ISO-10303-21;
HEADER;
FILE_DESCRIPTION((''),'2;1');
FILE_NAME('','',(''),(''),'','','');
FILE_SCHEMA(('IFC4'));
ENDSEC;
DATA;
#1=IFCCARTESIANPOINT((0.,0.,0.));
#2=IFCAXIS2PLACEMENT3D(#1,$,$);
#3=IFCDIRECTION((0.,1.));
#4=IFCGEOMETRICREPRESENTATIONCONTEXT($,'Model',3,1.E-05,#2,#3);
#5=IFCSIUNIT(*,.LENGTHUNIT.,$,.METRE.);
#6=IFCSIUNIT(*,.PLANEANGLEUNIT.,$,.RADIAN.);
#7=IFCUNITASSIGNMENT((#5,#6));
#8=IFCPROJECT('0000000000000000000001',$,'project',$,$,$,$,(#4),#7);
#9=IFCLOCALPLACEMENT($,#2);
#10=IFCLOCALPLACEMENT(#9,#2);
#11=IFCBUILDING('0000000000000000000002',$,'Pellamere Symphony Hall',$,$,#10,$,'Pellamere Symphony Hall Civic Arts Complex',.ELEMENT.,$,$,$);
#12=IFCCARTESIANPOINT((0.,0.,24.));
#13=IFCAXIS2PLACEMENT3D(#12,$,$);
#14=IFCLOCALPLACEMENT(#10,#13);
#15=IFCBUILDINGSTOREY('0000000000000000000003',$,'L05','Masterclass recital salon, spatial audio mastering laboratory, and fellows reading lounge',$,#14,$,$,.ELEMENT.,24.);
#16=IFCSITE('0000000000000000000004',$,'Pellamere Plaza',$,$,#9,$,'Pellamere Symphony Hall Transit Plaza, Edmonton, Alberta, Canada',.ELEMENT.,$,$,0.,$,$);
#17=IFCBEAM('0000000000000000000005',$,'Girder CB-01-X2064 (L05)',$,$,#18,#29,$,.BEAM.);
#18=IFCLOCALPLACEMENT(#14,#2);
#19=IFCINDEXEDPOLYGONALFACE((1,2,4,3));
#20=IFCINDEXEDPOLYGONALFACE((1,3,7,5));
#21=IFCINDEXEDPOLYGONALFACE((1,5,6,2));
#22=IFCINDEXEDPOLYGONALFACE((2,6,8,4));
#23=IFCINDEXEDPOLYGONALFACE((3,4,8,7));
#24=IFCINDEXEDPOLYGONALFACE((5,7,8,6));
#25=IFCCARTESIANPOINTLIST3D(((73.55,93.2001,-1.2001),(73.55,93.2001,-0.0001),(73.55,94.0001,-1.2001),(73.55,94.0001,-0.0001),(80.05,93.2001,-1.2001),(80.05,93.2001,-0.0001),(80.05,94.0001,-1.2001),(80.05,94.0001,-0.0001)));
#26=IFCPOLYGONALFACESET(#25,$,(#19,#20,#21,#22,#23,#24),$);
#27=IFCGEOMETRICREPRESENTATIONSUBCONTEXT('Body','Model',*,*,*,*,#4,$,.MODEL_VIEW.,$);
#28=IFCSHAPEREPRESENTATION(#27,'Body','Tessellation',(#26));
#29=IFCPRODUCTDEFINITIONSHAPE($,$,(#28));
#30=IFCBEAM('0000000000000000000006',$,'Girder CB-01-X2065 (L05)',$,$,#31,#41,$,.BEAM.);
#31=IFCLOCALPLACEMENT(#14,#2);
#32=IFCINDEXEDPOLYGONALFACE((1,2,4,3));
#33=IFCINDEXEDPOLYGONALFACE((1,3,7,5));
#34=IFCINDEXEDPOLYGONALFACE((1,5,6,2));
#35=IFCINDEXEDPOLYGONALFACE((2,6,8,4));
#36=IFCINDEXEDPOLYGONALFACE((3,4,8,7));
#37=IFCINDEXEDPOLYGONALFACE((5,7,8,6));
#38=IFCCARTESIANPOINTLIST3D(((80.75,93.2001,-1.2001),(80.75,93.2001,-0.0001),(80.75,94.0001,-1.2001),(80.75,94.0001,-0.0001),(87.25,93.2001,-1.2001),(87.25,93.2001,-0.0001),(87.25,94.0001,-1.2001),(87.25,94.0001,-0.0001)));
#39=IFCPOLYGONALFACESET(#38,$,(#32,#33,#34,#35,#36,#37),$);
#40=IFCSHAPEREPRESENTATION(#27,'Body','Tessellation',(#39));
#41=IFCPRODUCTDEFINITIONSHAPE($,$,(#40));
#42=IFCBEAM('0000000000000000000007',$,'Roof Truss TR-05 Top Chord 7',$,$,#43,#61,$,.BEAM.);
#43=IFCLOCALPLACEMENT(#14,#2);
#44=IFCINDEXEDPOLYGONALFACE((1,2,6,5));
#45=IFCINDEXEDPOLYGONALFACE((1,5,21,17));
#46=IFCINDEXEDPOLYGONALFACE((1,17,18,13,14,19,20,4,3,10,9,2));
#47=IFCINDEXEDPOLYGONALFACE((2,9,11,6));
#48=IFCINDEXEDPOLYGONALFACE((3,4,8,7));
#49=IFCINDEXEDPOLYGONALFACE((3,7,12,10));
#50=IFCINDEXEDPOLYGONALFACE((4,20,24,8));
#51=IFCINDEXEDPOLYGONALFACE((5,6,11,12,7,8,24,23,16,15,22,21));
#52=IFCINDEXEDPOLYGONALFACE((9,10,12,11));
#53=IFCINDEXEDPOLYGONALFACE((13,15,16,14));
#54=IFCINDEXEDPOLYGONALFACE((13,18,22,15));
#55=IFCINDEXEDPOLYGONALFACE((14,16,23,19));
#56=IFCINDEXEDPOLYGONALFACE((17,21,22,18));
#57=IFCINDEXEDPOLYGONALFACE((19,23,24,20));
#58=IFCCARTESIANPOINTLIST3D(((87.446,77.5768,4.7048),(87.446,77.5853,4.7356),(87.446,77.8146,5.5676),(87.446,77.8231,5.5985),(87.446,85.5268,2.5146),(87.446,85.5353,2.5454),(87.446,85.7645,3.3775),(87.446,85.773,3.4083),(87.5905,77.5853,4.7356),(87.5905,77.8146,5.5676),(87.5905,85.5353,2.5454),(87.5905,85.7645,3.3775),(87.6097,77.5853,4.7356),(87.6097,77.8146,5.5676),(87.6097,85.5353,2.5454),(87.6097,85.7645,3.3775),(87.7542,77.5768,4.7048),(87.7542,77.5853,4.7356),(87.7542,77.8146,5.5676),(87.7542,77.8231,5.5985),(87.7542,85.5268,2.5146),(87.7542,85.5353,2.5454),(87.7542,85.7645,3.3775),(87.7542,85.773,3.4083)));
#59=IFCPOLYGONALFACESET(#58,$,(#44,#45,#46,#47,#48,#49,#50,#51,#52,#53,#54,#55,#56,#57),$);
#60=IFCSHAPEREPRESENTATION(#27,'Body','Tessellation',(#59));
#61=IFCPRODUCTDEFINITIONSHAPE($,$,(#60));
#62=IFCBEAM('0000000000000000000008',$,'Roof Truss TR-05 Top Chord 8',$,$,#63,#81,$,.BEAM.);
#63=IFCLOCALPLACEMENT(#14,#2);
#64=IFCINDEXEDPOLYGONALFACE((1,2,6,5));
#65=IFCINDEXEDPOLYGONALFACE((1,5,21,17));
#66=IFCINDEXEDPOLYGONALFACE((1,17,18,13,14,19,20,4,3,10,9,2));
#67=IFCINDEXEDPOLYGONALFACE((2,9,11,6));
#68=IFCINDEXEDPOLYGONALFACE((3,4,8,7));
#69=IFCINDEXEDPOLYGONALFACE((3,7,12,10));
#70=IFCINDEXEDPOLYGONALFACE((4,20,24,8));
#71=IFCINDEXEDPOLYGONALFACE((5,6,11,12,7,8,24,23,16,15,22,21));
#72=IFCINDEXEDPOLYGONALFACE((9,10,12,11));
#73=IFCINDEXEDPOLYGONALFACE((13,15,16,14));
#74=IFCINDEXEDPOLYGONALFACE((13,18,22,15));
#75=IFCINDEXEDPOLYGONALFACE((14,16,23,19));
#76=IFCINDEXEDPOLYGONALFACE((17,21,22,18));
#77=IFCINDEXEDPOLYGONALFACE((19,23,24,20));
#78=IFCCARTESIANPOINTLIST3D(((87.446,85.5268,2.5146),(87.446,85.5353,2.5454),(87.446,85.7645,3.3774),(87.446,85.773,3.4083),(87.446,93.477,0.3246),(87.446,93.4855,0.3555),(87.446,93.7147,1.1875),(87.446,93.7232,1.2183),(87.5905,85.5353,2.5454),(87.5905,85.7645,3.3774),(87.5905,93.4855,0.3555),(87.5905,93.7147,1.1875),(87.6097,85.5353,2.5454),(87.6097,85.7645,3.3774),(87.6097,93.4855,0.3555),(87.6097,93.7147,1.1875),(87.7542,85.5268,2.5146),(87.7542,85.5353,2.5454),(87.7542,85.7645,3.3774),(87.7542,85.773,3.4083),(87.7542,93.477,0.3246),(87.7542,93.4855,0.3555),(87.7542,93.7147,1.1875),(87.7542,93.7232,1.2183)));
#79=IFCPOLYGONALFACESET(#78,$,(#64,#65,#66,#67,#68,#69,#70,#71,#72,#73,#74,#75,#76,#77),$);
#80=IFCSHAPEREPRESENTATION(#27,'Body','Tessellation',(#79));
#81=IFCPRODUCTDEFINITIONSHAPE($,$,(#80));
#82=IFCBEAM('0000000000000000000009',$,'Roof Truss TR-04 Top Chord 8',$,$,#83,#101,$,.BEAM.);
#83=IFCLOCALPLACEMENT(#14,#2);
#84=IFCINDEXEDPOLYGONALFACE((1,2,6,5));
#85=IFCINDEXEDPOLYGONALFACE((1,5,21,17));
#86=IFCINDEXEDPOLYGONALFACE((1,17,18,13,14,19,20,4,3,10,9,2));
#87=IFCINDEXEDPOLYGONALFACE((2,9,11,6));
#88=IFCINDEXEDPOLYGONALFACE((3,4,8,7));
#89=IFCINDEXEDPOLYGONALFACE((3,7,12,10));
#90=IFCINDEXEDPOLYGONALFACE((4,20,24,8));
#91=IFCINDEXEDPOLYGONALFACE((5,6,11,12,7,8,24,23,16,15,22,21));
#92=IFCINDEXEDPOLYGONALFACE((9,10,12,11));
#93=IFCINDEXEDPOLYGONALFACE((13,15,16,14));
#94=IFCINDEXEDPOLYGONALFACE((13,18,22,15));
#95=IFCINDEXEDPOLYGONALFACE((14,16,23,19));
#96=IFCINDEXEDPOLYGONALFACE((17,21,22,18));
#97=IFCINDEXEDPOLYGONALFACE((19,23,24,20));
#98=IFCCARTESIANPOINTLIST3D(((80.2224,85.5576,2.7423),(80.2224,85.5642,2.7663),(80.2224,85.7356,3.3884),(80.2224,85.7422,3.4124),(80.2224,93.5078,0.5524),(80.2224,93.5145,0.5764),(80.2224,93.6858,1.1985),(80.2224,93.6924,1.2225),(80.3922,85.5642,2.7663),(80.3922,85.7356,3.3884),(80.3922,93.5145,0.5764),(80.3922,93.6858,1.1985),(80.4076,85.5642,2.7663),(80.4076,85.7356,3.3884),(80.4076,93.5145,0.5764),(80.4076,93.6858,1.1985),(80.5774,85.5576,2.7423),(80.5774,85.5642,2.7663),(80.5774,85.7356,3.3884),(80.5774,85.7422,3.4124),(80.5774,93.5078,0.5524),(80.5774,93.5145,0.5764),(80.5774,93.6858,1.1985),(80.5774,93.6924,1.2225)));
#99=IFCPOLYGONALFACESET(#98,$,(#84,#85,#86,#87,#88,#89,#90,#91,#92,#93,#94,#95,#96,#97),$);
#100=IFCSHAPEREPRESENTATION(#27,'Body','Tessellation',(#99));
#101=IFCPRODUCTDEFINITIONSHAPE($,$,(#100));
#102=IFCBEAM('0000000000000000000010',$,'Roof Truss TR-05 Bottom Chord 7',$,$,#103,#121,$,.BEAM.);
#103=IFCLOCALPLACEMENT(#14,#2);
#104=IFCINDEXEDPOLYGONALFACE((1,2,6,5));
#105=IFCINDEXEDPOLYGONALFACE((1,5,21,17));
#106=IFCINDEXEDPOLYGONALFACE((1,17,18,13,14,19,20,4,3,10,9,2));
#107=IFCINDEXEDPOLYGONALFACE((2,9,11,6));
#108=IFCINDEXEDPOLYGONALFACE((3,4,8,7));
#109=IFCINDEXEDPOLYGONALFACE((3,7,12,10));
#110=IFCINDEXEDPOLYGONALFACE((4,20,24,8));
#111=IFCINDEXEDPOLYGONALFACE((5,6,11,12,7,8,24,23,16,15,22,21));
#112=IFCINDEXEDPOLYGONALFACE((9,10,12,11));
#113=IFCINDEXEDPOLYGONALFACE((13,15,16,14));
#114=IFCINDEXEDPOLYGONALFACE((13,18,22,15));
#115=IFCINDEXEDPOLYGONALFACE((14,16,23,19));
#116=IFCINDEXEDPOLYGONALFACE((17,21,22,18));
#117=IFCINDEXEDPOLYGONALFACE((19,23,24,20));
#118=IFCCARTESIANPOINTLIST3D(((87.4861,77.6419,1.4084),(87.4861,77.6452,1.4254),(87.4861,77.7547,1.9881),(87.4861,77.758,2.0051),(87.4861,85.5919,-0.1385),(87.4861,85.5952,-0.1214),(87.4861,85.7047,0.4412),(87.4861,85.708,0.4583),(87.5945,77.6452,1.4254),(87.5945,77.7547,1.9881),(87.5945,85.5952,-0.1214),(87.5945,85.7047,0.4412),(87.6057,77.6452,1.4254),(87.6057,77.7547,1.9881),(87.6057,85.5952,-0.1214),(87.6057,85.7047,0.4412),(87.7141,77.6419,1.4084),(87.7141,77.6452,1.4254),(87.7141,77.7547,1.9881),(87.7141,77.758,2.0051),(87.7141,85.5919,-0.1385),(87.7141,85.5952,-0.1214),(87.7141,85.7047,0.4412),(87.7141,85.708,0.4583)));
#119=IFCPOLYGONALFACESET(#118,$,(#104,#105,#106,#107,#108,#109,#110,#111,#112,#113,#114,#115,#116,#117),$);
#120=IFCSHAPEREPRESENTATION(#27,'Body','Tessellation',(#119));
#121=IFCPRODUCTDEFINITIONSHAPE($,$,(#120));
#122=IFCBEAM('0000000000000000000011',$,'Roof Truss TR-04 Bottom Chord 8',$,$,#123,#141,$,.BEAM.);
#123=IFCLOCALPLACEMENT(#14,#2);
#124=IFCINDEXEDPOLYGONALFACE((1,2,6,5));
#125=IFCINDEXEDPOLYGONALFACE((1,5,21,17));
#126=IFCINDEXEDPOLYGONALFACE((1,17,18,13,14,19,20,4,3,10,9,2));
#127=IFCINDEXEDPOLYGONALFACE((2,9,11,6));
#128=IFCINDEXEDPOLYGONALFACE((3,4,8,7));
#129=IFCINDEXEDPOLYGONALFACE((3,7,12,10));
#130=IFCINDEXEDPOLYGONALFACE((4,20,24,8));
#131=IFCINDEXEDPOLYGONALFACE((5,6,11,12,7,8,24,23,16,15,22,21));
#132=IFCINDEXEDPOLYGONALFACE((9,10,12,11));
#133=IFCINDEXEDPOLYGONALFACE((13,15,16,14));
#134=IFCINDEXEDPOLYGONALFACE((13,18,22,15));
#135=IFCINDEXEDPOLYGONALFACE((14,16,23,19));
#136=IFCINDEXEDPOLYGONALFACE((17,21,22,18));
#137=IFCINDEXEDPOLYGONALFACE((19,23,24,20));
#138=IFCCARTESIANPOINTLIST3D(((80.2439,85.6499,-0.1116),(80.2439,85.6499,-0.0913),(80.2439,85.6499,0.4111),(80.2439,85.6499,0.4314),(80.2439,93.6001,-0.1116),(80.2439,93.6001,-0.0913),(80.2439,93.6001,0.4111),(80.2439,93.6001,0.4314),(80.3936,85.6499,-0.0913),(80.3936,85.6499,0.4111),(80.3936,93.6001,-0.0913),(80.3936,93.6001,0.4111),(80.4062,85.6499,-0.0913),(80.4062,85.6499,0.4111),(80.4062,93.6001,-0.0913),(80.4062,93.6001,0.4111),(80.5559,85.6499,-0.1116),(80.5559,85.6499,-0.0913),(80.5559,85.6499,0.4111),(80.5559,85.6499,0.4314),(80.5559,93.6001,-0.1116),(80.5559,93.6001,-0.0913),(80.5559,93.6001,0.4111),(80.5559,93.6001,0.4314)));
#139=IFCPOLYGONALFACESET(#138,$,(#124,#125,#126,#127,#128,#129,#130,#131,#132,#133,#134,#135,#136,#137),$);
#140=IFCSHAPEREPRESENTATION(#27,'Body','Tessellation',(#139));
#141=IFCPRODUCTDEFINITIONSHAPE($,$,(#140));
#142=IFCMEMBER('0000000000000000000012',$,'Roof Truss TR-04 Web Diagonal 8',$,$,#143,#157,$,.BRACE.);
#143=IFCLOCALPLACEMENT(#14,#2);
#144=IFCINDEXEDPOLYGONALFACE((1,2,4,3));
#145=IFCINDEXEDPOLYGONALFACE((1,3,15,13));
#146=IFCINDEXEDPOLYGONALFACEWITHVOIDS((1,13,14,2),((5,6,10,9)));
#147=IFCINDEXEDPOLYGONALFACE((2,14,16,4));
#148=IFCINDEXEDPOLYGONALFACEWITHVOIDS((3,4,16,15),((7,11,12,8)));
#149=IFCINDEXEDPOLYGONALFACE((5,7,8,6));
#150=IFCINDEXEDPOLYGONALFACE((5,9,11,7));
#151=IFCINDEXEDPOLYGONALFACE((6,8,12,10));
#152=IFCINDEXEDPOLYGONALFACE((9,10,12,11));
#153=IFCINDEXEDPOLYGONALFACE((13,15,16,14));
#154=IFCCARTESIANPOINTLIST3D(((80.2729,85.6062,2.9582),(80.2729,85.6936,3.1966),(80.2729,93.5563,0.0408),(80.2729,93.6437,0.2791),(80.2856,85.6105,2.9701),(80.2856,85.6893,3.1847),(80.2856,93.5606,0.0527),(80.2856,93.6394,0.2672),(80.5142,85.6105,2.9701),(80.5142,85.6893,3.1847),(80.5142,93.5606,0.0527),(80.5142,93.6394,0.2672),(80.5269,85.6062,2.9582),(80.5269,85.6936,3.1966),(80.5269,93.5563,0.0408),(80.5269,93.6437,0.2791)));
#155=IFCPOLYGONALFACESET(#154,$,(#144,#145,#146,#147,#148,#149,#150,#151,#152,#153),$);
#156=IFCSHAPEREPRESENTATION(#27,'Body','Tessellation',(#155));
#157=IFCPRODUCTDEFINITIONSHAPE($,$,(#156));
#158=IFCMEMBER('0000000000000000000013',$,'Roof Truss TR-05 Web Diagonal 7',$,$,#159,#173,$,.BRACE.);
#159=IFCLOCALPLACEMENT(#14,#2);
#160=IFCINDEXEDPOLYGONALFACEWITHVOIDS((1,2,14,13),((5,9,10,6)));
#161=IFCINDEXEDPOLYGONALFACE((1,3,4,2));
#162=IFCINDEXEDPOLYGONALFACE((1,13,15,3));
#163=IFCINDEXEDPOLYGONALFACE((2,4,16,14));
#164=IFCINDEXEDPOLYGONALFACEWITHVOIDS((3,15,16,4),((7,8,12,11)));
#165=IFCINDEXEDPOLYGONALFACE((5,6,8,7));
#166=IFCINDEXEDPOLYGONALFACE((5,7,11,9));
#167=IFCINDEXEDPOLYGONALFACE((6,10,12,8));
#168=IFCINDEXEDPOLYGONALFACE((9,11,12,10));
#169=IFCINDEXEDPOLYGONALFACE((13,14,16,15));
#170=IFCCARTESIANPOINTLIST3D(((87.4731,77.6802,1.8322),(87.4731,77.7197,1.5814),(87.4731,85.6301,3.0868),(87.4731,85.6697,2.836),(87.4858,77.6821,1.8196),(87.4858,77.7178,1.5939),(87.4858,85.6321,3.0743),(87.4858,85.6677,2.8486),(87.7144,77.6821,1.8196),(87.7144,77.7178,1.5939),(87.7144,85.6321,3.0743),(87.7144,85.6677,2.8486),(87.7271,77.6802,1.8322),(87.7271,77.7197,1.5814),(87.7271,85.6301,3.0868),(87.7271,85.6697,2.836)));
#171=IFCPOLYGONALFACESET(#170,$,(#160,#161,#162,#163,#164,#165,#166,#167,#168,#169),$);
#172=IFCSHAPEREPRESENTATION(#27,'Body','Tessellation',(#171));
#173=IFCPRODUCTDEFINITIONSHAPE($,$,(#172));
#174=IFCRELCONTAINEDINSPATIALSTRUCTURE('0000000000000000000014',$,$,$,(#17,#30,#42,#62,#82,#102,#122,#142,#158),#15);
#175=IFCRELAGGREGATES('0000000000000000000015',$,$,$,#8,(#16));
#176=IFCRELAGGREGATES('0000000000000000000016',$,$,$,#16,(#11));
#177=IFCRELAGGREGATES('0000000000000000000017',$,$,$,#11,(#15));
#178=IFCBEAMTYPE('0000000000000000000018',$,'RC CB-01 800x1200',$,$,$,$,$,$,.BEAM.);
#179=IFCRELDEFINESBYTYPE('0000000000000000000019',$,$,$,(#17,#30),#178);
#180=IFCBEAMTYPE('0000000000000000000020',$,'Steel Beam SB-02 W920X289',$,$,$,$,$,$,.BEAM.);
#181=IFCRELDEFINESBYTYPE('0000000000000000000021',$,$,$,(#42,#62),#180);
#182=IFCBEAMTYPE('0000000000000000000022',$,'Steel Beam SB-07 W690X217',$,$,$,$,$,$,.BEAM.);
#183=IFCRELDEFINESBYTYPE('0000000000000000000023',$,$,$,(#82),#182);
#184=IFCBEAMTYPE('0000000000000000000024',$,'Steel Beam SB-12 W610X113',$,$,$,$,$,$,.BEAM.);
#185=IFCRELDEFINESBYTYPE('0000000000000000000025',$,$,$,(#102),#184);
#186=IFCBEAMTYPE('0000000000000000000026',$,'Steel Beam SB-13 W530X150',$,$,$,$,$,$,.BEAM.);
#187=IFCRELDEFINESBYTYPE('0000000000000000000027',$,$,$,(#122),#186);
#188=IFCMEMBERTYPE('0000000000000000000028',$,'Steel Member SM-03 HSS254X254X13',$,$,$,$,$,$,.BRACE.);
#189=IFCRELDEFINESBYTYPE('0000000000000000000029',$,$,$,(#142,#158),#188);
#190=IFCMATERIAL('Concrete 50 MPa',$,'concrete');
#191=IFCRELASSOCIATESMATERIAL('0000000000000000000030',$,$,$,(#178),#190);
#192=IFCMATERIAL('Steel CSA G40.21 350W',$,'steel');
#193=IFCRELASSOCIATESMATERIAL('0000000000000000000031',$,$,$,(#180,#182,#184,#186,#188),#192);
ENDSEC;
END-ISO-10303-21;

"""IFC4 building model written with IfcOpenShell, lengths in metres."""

from ifc_helpers import new_model, si_unit, direction, frame, origin, origin_2d, place, context, subcontext, project, spatial, rectangle, hollow_rectangle, i_section, extrude, material, material_profile, profile_set, type_object, element, save


model = new_model("IFC4")

# Units and contexts
model_context = context("Model", 3, precision=1e-05, world=origin(), true_north=direction((0.0, 1.0)))
body_context = subcontext(model_context, "Body", "Model", "MODEL_VIEW")
ifc_project = project(units=[si_unit("LENGTHUNIT", "METRE"), si_unit("PLANEANGLEUNIT", "RADIAN")], contexts=[model_context])

# Site, building, storey
site_placement = place(None, origin())
site = spatial("IfcSite", under=ifc_project, at=site_placement, Name="Pellamere Plaza", LongName="Pellamere Symphony Hall Transit Plaza, Edmonton, Alberta, Canada", CompositionType="ELEMENT", RefElevation=0.0)
building_placement = place(site_placement, origin())
building = spatial("IfcBuilding", under=site, at=building_placement, Name="Pellamere Symphony Hall", LongName="Pellamere Symphony Hall Civic Arts Complex", CompositionType="ELEMENT")
storey_placement = place(building_placement, frame((0.0, 0.0, 24.0)))
storey = spatial("IfcBuildingStorey", under=building, at=storey_placement, Name="L05", Description="Masterclass recital salon, spatial audio mastering laboratory, and fellows reading lounge", CompositionType="ELEMENT", Elevation=24.0)

# Beams
ifc_material_1 = material(Name="Concrete 50 MPa", Category="concrete")
ifc_material_profile_1 = material_profile(ifc_material_1, rectangle(XDim=0.8, YDim=1.2, at=origin_2d()), Name="RC 800x1200")
ifc_profile_set_1 = profile_set([ifc_material_profile_1], Name="Concrete 50 MPa")
beam_type_1 = type_object("IfcBeamType", Name="RC CB-01 800x1200", PredefinedType="BEAM", material=ifc_profile_set_1)
for number, where, z_axis, x_axis, name in (
    (1, (73.55, 93.6001, -0.6001), (1.0, 0.0, 0.0), (0.0, 1.0, 0.0), "Girder CB-01-X2064 (L05)"),
    (2, (80.75, 93.6001, -0.6001), (1.0, 0.0, 0.0), (0.0, 1.0, 0.0), "Girder CB-01-X2065 (L05)"),
):
    element("IfcBeam", number, at=place(storey_placement, frame(where, z_axis=z_axis, x_axis=x_axis)), inside=storey, type_object=beam_type_1, Name=name, PredefinedType="BEAM", context=body_context, shape_type="SweptSolid", body=[
        extrude(rectangle(XDim=0.8, YDim=1.2, at=origin_2d()), origin(), (0.0, 0.0, 1.0), 6.5),
    ])
ifc_material_2 = material(Name="Steel CSA G40.21 350W", Category="steel")
ifc_material_profile_2 = material_profile(ifc_material_2, i_section(OverallWidth=0.3081, OverallDepth=0.927, WebThickness=0.0193, FlangeThickness=0.032, at=origin_2d()), Name="W920X289")
ifc_profile_set_2 = profile_set([ifc_material_profile_2], Name="Steel CSA G40.21 350W")
beam_type_2 = type_object("IfcBeamType", Name="Steel Beam SB-02 W920X289", PredefinedType="BEAM", material=ifc_profile_set_2)
beam_1_placement = place(storey_placement, frame((87.6001, 77.7, 5.1516), z_axis=(0.0, 0.964083, -0.265602), x_axis=(-1.0, 0.0, 0.0)))
element("IfcBeam", 3, at=beam_1_placement, inside=storey, type_object=beam_type_2, Name="Roof Truss TR-05 Top Chord 7", PredefinedType="BEAM", context=body_context, shape_type="SweptSolid", body=[
    extrude(i_section(OverallWidth=0.3081, OverallDepth=0.927, WebThickness=0.0193, FlangeThickness=0.032, at=origin_2d()), origin(), (0.0, 0.0, 1.0), 8.2461),
])
beam_2_placement = place(storey_placement, frame((87.6001, 85.6499, 2.9614), z_axis=(0.0, 0.964093, -0.265567), x_axis=(-1.0, 0.0, 0.0)))
element("IfcBeam", 4, at=beam_2_placement, inside=storey, type_object=beam_type_2, Name="Roof Truss TR-05 Top Chord 8", PredefinedType="BEAM", context=body_context, shape_type="SweptSolid", body=[
    extrude(i_section(OverallWidth=0.3081, OverallDepth=0.927, WebThickness=0.0193, FlangeThickness=0.032, at=origin_2d()), origin(), (0.0, 0.0, 1.0), 8.2463),
])
ifc_material_profile_3 = material_profile(ifc_material_2, i_section(OverallWidth=0.355, OverallDepth=0.6951, WebThickness=0.0154, FlangeThickness=0.0249, at=origin_2d()), Name="W690X217")
ifc_profile_set_3 = profile_set([ifc_material_profile_3], Name="Steel CSA G40.21 350W")
beam_type_3 = type_object("IfcBeamType", Name="Steel Beam SB-07 W690X217", PredefinedType="BEAM", material=ifc_profile_set_3)
beam_3_placement = place(storey_placement, frame((80.3999, 85.6499, 3.0774), z_axis=(0.0, 0.964093, -0.265567), x_axis=(-1.0, 0.0, 0.0)))
element("IfcBeam", 5, at=beam_3_placement, inside=storey, type_object=beam_type_3, Name="Roof Truss TR-04 Top Chord 8", PredefinedType="BEAM", context=body_context, shape_type="SweptSolid", body=[
    extrude(i_section(OverallWidth=0.355, OverallDepth=0.6951, WebThickness=0.0154, FlangeThickness=0.0249, at=origin_2d()), origin(), (0.0, 0.0, 1.0), 8.2463),
])
ifc_material_profile_4 = material_profile(ifc_material_2, i_section(OverallWidth=0.228, OverallDepth=0.6079, WebThickness=0.0112, FlangeThickness=0.0173, at=origin_2d()), Name="W610X113")
ifc_profile_set_4 = profile_set([ifc_material_profile_4], Name="Steel CSA G40.21 350W")
beam_type_4 = type_object("IfcBeamType", Name="Steel Beam SB-12 W610X113", PredefinedType="BEAM", material=ifc_profile_set_4)
beam_4_placement = place(storey_placement, frame((87.6001, 77.7, 1.7068), z_axis=(0.0, 0.981591, -0.190995), x_axis=(-1.0, 0.0, 0.0)))
element("IfcBeam", 6, at=beam_4_placement, inside=storey, type_object=beam_type_4, Name="Roof Truss TR-05 Bottom Chord 7", PredefinedType="BEAM", context=body_context, shape_type="SweptSolid", body=[
    extrude(i_section(OverallWidth=0.228, OverallDepth=0.6079, WebThickness=0.0112, FlangeThickness=0.0173, at=origin_2d()), origin(), (0.0, 0.0, 1.0), 8.0991),
])
ifc_material_profile_5 = material_profile(ifc_material_2, i_section(OverallWidth=0.312, OverallDepth=0.543, WebThickness=0.0127, FlangeThickness=0.0203, at=origin_2d()), Name="W530X150")
ifc_profile_set_5 = profile_set([ifc_material_profile_5], Name="Steel CSA G40.21 350W")
beam_type_5 = type_object("IfcBeamType", Name="Steel Beam SB-13 W530X150", PredefinedType="BEAM", material=ifc_profile_set_5)
beam_5_placement = place(storey_placement, frame((80.3999, 85.6499, 0.1599), z_axis=(0.0, 1.0, 0.0), x_axis=(-1.0, 0.0, 0.0)))
element("IfcBeam", 7, at=beam_5_placement, inside=storey, type_object=beam_type_5, Name="Roof Truss TR-04 Bottom Chord 8", PredefinedType="BEAM", context=body_context, shape_type="SweptSolid", body=[
    extrude(i_section(OverallWidth=0.312, OverallDepth=0.543, WebThickness=0.0127, FlangeThickness=0.0203, at=origin_2d()), origin(), (0.0, 0.0, 1.0), 7.9502),
])

# Members
ifc_material_profile_6 = material_profile(ifc_material_2, hollow_rectangle(XDim=0.2539, YDim=0.2539, WallThickness=0.0127, at=origin_2d()), Name="HSS254X254X13")
ifc_profile_set_6 = profile_set([ifc_material_profile_6], Name="Steel CSA G40.21 350W")
member_type_1 = type_object("IfcMemberType", Name="Steel Member SM-03 HSS254X254X13", PredefinedType="BRACE", material=ifc_profile_set_6)
member_1_placement = place(storey_placement, frame((80.3999, 85.6499, 3.0774), z_axis=(0.0, 0.938784, -0.344505), x_axis=(-1.0, 0.0, 0.0)))
element("IfcMember", 8, at=member_1_placement, inside=storey, type_object=member_type_1, Name="Roof Truss TR-04 Web Diagonal 8", PredefinedType="BRACE", context=body_context, shape_type="SweptSolid", body=[
    extrude(hollow_rectangle(XDim=0.2539, YDim=0.2539, WallThickness=0.0127, at=origin_2d()), origin(), (0.0, 0.0, 1.0), 8.4685),
])
member_2_placement = place(storey_placement, frame((87.6001, 77.7, 1.7068), z_axis=(0.0, 0.987775, 0.155888), x_axis=(-1.0, 0.0, 0.0)))
element("IfcMember", 9, at=member_2_placement, inside=storey, type_object=member_type_1, Name="Roof Truss TR-05 Web Diagonal 7", PredefinedType="BRACE", context=body_context, shape_type="SweptSolid", body=[
    extrude(hollow_rectangle(XDim=0.2539, YDim=0.2539, WallThickness=0.0127, at=origin_2d()), origin(), (0.0, 0.0, 1.0), 8.0483),
])

save(model, "model.ifc")
